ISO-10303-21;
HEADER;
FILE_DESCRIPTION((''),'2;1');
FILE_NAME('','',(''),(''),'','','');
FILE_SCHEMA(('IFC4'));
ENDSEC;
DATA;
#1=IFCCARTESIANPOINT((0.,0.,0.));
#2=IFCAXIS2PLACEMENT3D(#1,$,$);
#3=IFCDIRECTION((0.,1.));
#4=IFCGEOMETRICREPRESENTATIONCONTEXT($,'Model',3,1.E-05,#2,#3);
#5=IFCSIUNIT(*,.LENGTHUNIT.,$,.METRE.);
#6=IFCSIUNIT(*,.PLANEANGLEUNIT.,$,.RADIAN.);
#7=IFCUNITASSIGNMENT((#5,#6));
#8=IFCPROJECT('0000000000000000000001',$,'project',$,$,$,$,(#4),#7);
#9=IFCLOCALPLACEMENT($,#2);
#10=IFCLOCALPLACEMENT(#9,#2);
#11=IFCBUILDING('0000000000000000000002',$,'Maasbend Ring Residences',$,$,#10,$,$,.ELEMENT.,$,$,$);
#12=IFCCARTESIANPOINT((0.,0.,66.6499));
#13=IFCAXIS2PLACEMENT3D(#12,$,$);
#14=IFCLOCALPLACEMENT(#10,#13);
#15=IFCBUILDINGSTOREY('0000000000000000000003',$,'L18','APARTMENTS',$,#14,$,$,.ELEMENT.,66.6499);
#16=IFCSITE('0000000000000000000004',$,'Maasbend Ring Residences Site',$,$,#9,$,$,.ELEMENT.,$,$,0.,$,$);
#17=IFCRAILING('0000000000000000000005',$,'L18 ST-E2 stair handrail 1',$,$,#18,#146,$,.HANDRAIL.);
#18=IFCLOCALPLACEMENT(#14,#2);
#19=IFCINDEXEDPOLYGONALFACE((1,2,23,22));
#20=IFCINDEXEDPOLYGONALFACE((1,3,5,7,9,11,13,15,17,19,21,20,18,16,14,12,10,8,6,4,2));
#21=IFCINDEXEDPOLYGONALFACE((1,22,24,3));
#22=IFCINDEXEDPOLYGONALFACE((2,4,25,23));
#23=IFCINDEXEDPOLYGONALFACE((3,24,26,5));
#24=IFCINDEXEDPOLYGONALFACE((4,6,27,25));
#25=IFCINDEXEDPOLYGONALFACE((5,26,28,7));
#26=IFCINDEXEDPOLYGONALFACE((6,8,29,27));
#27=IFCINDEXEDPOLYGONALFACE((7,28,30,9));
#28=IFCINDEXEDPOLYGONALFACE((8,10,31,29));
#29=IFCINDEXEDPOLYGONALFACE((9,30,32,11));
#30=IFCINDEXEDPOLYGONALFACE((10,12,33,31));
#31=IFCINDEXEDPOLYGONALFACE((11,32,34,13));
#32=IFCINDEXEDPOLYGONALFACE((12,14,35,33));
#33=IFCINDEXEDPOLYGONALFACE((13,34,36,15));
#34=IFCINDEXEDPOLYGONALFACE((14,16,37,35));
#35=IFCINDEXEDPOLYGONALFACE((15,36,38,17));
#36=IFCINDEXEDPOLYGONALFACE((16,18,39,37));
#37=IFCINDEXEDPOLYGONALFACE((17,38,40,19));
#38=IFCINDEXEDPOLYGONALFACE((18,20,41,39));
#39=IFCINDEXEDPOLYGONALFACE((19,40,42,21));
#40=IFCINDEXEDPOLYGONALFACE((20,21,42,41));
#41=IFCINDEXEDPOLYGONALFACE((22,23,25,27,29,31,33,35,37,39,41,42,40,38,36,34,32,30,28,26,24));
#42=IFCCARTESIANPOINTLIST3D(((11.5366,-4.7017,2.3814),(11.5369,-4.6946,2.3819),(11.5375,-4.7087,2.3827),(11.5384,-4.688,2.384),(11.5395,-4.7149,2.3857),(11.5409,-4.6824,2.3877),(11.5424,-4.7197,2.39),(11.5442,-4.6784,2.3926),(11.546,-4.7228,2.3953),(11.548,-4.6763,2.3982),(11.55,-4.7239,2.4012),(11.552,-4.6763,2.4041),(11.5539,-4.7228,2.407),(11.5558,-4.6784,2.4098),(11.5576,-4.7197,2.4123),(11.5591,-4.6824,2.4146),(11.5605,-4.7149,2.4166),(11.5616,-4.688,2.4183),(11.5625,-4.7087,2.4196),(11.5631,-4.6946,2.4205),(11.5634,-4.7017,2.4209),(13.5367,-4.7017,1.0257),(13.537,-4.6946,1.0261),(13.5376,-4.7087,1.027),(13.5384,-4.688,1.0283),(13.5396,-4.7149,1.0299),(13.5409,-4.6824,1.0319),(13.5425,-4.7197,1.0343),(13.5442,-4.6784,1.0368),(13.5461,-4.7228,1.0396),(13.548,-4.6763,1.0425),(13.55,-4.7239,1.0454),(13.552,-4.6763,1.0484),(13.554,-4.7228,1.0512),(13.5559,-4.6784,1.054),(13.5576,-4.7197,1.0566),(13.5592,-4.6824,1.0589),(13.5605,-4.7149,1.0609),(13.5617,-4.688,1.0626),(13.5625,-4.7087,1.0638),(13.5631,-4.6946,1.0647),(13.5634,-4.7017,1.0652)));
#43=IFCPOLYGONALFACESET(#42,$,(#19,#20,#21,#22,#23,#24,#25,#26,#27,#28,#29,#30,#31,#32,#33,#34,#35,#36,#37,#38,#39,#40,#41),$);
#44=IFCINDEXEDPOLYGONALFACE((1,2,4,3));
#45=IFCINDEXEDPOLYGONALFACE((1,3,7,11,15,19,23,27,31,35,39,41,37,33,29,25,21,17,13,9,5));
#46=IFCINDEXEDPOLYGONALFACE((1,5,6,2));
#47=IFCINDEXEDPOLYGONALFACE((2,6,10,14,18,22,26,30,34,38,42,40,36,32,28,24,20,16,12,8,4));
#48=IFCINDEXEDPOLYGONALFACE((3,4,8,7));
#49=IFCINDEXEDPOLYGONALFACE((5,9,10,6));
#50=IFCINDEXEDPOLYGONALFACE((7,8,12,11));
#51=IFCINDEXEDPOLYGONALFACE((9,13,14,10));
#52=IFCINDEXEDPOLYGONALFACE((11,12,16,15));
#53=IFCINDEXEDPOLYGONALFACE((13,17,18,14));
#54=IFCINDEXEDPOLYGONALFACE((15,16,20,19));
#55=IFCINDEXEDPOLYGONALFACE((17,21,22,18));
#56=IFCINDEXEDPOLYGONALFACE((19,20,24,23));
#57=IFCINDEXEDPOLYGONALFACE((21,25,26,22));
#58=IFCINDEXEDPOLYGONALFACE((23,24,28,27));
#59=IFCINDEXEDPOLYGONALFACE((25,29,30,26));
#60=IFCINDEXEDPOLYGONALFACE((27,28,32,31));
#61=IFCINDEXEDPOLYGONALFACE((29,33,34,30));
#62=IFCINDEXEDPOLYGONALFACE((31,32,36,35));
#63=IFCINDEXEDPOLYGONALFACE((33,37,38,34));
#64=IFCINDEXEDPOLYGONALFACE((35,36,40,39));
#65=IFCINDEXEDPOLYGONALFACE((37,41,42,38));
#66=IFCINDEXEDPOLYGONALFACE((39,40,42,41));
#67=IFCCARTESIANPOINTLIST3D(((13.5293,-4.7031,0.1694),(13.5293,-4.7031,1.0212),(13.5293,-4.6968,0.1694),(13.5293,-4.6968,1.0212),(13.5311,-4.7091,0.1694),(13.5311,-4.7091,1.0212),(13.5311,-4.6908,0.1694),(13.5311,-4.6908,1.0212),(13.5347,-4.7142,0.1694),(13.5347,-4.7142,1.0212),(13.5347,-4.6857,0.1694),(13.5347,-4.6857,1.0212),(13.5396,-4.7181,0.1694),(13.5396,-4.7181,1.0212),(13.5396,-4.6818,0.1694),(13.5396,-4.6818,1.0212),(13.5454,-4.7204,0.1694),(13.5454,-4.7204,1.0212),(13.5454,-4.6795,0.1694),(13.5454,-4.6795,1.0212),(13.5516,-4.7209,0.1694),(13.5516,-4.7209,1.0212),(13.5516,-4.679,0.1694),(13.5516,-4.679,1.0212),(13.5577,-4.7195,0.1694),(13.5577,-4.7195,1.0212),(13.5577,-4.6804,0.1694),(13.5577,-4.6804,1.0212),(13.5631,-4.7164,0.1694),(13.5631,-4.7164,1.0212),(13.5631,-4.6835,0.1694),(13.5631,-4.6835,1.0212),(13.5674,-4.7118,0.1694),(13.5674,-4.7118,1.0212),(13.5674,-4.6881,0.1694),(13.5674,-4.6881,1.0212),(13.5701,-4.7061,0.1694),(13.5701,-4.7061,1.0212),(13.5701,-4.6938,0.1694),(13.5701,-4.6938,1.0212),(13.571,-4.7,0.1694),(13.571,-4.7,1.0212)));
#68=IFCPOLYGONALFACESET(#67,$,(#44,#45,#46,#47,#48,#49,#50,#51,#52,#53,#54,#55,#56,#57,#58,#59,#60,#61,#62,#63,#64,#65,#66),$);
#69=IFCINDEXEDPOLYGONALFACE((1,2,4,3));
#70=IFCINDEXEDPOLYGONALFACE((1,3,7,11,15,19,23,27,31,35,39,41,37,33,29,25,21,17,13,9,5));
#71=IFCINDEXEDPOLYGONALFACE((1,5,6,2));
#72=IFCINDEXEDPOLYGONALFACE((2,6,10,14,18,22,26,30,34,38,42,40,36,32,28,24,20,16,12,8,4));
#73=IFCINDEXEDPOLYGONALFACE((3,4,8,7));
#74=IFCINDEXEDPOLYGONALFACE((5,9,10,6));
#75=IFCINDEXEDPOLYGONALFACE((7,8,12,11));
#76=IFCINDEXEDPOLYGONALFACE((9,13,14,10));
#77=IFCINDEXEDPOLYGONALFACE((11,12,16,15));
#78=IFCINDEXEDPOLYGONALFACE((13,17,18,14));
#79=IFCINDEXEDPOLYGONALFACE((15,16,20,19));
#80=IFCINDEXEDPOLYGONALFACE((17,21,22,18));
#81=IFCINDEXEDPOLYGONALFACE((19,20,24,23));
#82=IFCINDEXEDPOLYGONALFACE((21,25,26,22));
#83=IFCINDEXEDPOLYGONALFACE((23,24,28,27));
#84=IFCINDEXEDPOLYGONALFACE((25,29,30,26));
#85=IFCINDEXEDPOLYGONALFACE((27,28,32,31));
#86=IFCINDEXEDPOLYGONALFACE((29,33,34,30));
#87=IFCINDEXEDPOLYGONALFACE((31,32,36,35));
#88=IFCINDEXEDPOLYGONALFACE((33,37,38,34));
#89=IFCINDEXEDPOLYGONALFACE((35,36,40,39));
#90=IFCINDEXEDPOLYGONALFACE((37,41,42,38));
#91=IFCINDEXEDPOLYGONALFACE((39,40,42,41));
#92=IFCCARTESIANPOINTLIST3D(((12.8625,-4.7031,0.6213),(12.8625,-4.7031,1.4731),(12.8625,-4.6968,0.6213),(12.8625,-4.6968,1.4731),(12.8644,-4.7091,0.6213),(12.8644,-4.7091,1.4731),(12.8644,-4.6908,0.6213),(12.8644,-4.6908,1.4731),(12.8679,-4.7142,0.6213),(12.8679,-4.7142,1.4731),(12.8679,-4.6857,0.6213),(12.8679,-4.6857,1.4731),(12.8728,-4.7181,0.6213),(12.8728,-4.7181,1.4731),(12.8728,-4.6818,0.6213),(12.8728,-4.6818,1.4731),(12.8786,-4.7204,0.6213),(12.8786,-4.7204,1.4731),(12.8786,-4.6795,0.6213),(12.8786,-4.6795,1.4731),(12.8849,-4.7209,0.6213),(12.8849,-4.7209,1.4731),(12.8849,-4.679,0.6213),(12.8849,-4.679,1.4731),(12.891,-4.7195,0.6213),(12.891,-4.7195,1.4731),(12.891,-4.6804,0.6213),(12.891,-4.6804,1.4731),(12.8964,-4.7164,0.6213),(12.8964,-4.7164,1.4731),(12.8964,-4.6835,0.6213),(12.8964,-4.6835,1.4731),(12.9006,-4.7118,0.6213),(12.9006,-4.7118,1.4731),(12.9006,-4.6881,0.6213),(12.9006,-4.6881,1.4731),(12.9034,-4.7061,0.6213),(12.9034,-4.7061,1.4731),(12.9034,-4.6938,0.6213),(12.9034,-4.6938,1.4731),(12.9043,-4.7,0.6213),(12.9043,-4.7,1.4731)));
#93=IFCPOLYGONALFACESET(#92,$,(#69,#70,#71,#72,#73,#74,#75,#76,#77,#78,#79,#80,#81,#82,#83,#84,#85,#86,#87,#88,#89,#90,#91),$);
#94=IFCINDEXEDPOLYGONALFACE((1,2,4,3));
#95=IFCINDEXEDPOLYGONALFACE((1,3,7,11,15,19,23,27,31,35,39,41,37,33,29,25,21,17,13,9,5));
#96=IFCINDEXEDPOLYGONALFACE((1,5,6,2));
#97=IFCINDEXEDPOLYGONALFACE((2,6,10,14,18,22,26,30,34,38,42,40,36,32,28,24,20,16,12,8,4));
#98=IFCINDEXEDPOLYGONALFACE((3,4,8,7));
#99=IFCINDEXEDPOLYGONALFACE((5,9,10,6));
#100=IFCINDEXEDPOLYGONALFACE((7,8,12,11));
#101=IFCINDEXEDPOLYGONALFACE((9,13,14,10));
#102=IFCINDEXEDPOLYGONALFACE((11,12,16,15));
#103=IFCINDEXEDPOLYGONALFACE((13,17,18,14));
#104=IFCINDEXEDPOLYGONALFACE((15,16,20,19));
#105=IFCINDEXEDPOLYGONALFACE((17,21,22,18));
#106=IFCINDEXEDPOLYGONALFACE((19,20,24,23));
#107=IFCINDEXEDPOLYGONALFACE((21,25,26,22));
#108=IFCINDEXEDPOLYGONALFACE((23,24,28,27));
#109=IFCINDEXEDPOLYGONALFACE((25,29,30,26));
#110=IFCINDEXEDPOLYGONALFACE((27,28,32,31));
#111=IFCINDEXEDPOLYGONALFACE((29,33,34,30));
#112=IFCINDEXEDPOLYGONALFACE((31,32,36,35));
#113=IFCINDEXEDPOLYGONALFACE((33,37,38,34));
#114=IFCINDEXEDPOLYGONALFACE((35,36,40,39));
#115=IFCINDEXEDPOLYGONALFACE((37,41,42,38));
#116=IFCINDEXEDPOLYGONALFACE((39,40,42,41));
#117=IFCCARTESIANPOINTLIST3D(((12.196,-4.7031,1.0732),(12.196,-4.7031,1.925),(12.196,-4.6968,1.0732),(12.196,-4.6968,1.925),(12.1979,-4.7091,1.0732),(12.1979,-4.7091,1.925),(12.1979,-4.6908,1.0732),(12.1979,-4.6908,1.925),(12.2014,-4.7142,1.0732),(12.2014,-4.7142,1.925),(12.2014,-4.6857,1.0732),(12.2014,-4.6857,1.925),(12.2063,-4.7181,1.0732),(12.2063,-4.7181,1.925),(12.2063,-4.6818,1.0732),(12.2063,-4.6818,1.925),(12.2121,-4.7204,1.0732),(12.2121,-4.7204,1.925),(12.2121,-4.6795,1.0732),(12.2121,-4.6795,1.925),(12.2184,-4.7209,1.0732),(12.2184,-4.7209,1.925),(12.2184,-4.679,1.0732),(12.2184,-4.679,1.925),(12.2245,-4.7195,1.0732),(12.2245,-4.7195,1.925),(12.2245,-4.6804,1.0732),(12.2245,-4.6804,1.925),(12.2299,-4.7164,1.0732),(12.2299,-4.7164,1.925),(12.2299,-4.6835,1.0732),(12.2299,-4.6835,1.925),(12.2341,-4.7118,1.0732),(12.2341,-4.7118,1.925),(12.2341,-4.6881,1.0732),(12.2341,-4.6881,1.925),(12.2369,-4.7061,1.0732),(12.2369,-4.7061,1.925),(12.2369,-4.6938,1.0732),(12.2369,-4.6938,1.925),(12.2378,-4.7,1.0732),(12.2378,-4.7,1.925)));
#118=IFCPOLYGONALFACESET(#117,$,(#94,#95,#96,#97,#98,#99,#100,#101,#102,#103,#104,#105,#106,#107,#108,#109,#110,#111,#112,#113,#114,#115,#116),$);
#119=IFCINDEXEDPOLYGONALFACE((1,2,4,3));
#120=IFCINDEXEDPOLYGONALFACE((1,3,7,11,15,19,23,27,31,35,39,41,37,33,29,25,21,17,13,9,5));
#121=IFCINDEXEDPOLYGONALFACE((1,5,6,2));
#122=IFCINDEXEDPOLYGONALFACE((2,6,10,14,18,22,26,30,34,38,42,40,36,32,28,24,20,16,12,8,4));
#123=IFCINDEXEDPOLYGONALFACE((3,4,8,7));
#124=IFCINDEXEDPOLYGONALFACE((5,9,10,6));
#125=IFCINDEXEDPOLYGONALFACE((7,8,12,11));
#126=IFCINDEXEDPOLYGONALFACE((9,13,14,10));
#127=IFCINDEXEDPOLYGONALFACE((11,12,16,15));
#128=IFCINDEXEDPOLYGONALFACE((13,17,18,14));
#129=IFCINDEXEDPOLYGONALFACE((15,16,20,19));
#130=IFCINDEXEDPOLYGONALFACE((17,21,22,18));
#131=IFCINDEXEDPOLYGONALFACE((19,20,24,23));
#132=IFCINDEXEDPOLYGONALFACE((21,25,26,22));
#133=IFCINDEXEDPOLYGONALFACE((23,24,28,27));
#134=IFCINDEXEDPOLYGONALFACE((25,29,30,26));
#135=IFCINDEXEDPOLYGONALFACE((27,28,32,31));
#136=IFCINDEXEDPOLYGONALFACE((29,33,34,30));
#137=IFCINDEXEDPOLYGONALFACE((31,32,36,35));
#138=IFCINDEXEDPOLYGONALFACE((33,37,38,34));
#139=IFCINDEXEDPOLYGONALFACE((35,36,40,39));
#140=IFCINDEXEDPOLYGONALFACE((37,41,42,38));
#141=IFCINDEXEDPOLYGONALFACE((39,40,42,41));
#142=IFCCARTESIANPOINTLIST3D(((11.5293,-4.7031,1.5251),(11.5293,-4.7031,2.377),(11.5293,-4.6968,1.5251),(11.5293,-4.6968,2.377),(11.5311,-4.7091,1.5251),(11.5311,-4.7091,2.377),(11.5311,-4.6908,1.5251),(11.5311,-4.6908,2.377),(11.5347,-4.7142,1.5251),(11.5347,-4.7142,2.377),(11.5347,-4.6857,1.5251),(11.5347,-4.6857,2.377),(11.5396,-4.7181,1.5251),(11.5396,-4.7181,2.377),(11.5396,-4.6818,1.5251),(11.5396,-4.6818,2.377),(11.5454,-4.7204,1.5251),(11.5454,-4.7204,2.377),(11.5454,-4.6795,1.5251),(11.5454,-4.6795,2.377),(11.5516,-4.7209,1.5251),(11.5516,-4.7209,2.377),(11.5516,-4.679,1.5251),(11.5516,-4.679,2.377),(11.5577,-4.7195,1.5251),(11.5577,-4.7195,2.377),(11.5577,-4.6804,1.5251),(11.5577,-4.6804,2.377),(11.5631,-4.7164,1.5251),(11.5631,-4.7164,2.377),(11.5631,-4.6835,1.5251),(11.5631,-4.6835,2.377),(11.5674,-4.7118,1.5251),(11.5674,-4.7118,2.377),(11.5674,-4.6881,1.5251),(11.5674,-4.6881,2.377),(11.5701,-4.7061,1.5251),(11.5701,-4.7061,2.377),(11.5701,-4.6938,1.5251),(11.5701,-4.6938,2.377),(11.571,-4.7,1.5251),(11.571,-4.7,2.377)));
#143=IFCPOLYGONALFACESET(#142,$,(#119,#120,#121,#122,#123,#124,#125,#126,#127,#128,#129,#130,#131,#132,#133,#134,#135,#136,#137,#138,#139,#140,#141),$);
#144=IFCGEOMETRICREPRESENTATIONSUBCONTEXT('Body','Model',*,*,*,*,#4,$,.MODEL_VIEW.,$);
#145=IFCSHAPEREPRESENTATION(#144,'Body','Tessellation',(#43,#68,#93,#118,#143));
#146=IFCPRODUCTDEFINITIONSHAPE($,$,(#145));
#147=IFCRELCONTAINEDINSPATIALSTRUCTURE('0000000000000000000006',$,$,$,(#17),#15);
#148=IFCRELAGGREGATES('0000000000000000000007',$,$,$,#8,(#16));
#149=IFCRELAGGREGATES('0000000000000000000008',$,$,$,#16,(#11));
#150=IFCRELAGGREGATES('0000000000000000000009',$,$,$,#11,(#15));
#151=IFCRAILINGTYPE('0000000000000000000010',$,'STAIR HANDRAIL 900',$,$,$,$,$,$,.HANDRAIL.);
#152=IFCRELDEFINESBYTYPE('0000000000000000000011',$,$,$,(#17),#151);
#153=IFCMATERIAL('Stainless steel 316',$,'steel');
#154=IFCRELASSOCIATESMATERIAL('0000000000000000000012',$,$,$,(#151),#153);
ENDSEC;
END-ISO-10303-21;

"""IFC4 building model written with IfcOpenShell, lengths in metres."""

from ifc_helpers import new_model, si_unit, direction, frame, origin, origin_2d, place, context, subcontext, project, spatial, circle, extrude, material, type_object, element, save


model = new_model("IFC4")

# Units and contexts
model_context = context("Model", 3, precision=1e-05, world=origin(), true_north=direction((0.0, 1.0)))
body_context = subcontext(model_context, "Body", "Model", "MODEL_VIEW")
ifc_project = project(units=[si_unit("LENGTHUNIT", "METRE"), si_unit("PLANEANGLEUNIT", "RADIAN")], contexts=[model_context])

# Site, building, storey
site_placement = place(None, origin())
site = spatial("IfcSite", under=ifc_project, at=site_placement, Name="Maasbend Ring Residences Site", CompositionType="ELEMENT", RefElevation=0.0)
building_placement = place(site_placement, origin())
building = spatial("IfcBuilding", under=site, at=building_placement, Name="Maasbend Ring Residences", CompositionType="ELEMENT")
storey_placement = place(building_placement, frame((0.0, 0.0, 66.6499)))
storey = spatial("IfcBuildingStorey", under=building, at=storey_placement, Name="L18", Description="APARTMENTS", CompositionType="ELEMENT", Elevation=66.6499)

# Railing
ifc_material_1 = material(Name="Stainless steel 316", Category="steel")
railing_type_1 = type_object("IfcRailingType", Name="STAIR HANDRAIL 900", PredefinedType="HANDRAIL", material=ifc_material_1)
railing_1_placement = place(storey_placement, frame((13.55, -4.7, 0.1694)))
element("IfcRailing", 1, at=railing_1_placement, inside=storey, type_object=railing_type_1, Name="L18 ST-E2 stair handrail 1", PredefinedType="HANDRAIL", context=body_context, shape_type="SweptSolid", body=[
    extrude(circle(Radius=0.0239, at=origin_2d()), frame((0.0, 0.0, 0.876), z_axis=(-0.827751, 0.0, 0.561096), x_axis=(0.0, -1.0, 0.0)), (0.0, 0.0, 1.0), 2.4163),
    extrude(circle(Radius=0.021, at=origin_2d()), origin(), (0.0, 0.0, 1.0), 0.8518),
    extrude(circle(Radius=0.021, at=origin_2d()), frame((-0.6667, 0.0, 0.4519)), (0.0, 0.0, 1.0), 0.8518),
    extrude(circle(Radius=0.021, at=origin_2d()), frame((-1.3333, 0.0, 0.9038)), (0.0, 0.0, 1.0), 0.8518),
    extrude(circle(Radius=0.021, at=origin_2d()), frame((-2.0, 0.0, 1.3557)), (0.0, 0.0, 1.0), 0.8518),
])

save(model, "model.ifc")
